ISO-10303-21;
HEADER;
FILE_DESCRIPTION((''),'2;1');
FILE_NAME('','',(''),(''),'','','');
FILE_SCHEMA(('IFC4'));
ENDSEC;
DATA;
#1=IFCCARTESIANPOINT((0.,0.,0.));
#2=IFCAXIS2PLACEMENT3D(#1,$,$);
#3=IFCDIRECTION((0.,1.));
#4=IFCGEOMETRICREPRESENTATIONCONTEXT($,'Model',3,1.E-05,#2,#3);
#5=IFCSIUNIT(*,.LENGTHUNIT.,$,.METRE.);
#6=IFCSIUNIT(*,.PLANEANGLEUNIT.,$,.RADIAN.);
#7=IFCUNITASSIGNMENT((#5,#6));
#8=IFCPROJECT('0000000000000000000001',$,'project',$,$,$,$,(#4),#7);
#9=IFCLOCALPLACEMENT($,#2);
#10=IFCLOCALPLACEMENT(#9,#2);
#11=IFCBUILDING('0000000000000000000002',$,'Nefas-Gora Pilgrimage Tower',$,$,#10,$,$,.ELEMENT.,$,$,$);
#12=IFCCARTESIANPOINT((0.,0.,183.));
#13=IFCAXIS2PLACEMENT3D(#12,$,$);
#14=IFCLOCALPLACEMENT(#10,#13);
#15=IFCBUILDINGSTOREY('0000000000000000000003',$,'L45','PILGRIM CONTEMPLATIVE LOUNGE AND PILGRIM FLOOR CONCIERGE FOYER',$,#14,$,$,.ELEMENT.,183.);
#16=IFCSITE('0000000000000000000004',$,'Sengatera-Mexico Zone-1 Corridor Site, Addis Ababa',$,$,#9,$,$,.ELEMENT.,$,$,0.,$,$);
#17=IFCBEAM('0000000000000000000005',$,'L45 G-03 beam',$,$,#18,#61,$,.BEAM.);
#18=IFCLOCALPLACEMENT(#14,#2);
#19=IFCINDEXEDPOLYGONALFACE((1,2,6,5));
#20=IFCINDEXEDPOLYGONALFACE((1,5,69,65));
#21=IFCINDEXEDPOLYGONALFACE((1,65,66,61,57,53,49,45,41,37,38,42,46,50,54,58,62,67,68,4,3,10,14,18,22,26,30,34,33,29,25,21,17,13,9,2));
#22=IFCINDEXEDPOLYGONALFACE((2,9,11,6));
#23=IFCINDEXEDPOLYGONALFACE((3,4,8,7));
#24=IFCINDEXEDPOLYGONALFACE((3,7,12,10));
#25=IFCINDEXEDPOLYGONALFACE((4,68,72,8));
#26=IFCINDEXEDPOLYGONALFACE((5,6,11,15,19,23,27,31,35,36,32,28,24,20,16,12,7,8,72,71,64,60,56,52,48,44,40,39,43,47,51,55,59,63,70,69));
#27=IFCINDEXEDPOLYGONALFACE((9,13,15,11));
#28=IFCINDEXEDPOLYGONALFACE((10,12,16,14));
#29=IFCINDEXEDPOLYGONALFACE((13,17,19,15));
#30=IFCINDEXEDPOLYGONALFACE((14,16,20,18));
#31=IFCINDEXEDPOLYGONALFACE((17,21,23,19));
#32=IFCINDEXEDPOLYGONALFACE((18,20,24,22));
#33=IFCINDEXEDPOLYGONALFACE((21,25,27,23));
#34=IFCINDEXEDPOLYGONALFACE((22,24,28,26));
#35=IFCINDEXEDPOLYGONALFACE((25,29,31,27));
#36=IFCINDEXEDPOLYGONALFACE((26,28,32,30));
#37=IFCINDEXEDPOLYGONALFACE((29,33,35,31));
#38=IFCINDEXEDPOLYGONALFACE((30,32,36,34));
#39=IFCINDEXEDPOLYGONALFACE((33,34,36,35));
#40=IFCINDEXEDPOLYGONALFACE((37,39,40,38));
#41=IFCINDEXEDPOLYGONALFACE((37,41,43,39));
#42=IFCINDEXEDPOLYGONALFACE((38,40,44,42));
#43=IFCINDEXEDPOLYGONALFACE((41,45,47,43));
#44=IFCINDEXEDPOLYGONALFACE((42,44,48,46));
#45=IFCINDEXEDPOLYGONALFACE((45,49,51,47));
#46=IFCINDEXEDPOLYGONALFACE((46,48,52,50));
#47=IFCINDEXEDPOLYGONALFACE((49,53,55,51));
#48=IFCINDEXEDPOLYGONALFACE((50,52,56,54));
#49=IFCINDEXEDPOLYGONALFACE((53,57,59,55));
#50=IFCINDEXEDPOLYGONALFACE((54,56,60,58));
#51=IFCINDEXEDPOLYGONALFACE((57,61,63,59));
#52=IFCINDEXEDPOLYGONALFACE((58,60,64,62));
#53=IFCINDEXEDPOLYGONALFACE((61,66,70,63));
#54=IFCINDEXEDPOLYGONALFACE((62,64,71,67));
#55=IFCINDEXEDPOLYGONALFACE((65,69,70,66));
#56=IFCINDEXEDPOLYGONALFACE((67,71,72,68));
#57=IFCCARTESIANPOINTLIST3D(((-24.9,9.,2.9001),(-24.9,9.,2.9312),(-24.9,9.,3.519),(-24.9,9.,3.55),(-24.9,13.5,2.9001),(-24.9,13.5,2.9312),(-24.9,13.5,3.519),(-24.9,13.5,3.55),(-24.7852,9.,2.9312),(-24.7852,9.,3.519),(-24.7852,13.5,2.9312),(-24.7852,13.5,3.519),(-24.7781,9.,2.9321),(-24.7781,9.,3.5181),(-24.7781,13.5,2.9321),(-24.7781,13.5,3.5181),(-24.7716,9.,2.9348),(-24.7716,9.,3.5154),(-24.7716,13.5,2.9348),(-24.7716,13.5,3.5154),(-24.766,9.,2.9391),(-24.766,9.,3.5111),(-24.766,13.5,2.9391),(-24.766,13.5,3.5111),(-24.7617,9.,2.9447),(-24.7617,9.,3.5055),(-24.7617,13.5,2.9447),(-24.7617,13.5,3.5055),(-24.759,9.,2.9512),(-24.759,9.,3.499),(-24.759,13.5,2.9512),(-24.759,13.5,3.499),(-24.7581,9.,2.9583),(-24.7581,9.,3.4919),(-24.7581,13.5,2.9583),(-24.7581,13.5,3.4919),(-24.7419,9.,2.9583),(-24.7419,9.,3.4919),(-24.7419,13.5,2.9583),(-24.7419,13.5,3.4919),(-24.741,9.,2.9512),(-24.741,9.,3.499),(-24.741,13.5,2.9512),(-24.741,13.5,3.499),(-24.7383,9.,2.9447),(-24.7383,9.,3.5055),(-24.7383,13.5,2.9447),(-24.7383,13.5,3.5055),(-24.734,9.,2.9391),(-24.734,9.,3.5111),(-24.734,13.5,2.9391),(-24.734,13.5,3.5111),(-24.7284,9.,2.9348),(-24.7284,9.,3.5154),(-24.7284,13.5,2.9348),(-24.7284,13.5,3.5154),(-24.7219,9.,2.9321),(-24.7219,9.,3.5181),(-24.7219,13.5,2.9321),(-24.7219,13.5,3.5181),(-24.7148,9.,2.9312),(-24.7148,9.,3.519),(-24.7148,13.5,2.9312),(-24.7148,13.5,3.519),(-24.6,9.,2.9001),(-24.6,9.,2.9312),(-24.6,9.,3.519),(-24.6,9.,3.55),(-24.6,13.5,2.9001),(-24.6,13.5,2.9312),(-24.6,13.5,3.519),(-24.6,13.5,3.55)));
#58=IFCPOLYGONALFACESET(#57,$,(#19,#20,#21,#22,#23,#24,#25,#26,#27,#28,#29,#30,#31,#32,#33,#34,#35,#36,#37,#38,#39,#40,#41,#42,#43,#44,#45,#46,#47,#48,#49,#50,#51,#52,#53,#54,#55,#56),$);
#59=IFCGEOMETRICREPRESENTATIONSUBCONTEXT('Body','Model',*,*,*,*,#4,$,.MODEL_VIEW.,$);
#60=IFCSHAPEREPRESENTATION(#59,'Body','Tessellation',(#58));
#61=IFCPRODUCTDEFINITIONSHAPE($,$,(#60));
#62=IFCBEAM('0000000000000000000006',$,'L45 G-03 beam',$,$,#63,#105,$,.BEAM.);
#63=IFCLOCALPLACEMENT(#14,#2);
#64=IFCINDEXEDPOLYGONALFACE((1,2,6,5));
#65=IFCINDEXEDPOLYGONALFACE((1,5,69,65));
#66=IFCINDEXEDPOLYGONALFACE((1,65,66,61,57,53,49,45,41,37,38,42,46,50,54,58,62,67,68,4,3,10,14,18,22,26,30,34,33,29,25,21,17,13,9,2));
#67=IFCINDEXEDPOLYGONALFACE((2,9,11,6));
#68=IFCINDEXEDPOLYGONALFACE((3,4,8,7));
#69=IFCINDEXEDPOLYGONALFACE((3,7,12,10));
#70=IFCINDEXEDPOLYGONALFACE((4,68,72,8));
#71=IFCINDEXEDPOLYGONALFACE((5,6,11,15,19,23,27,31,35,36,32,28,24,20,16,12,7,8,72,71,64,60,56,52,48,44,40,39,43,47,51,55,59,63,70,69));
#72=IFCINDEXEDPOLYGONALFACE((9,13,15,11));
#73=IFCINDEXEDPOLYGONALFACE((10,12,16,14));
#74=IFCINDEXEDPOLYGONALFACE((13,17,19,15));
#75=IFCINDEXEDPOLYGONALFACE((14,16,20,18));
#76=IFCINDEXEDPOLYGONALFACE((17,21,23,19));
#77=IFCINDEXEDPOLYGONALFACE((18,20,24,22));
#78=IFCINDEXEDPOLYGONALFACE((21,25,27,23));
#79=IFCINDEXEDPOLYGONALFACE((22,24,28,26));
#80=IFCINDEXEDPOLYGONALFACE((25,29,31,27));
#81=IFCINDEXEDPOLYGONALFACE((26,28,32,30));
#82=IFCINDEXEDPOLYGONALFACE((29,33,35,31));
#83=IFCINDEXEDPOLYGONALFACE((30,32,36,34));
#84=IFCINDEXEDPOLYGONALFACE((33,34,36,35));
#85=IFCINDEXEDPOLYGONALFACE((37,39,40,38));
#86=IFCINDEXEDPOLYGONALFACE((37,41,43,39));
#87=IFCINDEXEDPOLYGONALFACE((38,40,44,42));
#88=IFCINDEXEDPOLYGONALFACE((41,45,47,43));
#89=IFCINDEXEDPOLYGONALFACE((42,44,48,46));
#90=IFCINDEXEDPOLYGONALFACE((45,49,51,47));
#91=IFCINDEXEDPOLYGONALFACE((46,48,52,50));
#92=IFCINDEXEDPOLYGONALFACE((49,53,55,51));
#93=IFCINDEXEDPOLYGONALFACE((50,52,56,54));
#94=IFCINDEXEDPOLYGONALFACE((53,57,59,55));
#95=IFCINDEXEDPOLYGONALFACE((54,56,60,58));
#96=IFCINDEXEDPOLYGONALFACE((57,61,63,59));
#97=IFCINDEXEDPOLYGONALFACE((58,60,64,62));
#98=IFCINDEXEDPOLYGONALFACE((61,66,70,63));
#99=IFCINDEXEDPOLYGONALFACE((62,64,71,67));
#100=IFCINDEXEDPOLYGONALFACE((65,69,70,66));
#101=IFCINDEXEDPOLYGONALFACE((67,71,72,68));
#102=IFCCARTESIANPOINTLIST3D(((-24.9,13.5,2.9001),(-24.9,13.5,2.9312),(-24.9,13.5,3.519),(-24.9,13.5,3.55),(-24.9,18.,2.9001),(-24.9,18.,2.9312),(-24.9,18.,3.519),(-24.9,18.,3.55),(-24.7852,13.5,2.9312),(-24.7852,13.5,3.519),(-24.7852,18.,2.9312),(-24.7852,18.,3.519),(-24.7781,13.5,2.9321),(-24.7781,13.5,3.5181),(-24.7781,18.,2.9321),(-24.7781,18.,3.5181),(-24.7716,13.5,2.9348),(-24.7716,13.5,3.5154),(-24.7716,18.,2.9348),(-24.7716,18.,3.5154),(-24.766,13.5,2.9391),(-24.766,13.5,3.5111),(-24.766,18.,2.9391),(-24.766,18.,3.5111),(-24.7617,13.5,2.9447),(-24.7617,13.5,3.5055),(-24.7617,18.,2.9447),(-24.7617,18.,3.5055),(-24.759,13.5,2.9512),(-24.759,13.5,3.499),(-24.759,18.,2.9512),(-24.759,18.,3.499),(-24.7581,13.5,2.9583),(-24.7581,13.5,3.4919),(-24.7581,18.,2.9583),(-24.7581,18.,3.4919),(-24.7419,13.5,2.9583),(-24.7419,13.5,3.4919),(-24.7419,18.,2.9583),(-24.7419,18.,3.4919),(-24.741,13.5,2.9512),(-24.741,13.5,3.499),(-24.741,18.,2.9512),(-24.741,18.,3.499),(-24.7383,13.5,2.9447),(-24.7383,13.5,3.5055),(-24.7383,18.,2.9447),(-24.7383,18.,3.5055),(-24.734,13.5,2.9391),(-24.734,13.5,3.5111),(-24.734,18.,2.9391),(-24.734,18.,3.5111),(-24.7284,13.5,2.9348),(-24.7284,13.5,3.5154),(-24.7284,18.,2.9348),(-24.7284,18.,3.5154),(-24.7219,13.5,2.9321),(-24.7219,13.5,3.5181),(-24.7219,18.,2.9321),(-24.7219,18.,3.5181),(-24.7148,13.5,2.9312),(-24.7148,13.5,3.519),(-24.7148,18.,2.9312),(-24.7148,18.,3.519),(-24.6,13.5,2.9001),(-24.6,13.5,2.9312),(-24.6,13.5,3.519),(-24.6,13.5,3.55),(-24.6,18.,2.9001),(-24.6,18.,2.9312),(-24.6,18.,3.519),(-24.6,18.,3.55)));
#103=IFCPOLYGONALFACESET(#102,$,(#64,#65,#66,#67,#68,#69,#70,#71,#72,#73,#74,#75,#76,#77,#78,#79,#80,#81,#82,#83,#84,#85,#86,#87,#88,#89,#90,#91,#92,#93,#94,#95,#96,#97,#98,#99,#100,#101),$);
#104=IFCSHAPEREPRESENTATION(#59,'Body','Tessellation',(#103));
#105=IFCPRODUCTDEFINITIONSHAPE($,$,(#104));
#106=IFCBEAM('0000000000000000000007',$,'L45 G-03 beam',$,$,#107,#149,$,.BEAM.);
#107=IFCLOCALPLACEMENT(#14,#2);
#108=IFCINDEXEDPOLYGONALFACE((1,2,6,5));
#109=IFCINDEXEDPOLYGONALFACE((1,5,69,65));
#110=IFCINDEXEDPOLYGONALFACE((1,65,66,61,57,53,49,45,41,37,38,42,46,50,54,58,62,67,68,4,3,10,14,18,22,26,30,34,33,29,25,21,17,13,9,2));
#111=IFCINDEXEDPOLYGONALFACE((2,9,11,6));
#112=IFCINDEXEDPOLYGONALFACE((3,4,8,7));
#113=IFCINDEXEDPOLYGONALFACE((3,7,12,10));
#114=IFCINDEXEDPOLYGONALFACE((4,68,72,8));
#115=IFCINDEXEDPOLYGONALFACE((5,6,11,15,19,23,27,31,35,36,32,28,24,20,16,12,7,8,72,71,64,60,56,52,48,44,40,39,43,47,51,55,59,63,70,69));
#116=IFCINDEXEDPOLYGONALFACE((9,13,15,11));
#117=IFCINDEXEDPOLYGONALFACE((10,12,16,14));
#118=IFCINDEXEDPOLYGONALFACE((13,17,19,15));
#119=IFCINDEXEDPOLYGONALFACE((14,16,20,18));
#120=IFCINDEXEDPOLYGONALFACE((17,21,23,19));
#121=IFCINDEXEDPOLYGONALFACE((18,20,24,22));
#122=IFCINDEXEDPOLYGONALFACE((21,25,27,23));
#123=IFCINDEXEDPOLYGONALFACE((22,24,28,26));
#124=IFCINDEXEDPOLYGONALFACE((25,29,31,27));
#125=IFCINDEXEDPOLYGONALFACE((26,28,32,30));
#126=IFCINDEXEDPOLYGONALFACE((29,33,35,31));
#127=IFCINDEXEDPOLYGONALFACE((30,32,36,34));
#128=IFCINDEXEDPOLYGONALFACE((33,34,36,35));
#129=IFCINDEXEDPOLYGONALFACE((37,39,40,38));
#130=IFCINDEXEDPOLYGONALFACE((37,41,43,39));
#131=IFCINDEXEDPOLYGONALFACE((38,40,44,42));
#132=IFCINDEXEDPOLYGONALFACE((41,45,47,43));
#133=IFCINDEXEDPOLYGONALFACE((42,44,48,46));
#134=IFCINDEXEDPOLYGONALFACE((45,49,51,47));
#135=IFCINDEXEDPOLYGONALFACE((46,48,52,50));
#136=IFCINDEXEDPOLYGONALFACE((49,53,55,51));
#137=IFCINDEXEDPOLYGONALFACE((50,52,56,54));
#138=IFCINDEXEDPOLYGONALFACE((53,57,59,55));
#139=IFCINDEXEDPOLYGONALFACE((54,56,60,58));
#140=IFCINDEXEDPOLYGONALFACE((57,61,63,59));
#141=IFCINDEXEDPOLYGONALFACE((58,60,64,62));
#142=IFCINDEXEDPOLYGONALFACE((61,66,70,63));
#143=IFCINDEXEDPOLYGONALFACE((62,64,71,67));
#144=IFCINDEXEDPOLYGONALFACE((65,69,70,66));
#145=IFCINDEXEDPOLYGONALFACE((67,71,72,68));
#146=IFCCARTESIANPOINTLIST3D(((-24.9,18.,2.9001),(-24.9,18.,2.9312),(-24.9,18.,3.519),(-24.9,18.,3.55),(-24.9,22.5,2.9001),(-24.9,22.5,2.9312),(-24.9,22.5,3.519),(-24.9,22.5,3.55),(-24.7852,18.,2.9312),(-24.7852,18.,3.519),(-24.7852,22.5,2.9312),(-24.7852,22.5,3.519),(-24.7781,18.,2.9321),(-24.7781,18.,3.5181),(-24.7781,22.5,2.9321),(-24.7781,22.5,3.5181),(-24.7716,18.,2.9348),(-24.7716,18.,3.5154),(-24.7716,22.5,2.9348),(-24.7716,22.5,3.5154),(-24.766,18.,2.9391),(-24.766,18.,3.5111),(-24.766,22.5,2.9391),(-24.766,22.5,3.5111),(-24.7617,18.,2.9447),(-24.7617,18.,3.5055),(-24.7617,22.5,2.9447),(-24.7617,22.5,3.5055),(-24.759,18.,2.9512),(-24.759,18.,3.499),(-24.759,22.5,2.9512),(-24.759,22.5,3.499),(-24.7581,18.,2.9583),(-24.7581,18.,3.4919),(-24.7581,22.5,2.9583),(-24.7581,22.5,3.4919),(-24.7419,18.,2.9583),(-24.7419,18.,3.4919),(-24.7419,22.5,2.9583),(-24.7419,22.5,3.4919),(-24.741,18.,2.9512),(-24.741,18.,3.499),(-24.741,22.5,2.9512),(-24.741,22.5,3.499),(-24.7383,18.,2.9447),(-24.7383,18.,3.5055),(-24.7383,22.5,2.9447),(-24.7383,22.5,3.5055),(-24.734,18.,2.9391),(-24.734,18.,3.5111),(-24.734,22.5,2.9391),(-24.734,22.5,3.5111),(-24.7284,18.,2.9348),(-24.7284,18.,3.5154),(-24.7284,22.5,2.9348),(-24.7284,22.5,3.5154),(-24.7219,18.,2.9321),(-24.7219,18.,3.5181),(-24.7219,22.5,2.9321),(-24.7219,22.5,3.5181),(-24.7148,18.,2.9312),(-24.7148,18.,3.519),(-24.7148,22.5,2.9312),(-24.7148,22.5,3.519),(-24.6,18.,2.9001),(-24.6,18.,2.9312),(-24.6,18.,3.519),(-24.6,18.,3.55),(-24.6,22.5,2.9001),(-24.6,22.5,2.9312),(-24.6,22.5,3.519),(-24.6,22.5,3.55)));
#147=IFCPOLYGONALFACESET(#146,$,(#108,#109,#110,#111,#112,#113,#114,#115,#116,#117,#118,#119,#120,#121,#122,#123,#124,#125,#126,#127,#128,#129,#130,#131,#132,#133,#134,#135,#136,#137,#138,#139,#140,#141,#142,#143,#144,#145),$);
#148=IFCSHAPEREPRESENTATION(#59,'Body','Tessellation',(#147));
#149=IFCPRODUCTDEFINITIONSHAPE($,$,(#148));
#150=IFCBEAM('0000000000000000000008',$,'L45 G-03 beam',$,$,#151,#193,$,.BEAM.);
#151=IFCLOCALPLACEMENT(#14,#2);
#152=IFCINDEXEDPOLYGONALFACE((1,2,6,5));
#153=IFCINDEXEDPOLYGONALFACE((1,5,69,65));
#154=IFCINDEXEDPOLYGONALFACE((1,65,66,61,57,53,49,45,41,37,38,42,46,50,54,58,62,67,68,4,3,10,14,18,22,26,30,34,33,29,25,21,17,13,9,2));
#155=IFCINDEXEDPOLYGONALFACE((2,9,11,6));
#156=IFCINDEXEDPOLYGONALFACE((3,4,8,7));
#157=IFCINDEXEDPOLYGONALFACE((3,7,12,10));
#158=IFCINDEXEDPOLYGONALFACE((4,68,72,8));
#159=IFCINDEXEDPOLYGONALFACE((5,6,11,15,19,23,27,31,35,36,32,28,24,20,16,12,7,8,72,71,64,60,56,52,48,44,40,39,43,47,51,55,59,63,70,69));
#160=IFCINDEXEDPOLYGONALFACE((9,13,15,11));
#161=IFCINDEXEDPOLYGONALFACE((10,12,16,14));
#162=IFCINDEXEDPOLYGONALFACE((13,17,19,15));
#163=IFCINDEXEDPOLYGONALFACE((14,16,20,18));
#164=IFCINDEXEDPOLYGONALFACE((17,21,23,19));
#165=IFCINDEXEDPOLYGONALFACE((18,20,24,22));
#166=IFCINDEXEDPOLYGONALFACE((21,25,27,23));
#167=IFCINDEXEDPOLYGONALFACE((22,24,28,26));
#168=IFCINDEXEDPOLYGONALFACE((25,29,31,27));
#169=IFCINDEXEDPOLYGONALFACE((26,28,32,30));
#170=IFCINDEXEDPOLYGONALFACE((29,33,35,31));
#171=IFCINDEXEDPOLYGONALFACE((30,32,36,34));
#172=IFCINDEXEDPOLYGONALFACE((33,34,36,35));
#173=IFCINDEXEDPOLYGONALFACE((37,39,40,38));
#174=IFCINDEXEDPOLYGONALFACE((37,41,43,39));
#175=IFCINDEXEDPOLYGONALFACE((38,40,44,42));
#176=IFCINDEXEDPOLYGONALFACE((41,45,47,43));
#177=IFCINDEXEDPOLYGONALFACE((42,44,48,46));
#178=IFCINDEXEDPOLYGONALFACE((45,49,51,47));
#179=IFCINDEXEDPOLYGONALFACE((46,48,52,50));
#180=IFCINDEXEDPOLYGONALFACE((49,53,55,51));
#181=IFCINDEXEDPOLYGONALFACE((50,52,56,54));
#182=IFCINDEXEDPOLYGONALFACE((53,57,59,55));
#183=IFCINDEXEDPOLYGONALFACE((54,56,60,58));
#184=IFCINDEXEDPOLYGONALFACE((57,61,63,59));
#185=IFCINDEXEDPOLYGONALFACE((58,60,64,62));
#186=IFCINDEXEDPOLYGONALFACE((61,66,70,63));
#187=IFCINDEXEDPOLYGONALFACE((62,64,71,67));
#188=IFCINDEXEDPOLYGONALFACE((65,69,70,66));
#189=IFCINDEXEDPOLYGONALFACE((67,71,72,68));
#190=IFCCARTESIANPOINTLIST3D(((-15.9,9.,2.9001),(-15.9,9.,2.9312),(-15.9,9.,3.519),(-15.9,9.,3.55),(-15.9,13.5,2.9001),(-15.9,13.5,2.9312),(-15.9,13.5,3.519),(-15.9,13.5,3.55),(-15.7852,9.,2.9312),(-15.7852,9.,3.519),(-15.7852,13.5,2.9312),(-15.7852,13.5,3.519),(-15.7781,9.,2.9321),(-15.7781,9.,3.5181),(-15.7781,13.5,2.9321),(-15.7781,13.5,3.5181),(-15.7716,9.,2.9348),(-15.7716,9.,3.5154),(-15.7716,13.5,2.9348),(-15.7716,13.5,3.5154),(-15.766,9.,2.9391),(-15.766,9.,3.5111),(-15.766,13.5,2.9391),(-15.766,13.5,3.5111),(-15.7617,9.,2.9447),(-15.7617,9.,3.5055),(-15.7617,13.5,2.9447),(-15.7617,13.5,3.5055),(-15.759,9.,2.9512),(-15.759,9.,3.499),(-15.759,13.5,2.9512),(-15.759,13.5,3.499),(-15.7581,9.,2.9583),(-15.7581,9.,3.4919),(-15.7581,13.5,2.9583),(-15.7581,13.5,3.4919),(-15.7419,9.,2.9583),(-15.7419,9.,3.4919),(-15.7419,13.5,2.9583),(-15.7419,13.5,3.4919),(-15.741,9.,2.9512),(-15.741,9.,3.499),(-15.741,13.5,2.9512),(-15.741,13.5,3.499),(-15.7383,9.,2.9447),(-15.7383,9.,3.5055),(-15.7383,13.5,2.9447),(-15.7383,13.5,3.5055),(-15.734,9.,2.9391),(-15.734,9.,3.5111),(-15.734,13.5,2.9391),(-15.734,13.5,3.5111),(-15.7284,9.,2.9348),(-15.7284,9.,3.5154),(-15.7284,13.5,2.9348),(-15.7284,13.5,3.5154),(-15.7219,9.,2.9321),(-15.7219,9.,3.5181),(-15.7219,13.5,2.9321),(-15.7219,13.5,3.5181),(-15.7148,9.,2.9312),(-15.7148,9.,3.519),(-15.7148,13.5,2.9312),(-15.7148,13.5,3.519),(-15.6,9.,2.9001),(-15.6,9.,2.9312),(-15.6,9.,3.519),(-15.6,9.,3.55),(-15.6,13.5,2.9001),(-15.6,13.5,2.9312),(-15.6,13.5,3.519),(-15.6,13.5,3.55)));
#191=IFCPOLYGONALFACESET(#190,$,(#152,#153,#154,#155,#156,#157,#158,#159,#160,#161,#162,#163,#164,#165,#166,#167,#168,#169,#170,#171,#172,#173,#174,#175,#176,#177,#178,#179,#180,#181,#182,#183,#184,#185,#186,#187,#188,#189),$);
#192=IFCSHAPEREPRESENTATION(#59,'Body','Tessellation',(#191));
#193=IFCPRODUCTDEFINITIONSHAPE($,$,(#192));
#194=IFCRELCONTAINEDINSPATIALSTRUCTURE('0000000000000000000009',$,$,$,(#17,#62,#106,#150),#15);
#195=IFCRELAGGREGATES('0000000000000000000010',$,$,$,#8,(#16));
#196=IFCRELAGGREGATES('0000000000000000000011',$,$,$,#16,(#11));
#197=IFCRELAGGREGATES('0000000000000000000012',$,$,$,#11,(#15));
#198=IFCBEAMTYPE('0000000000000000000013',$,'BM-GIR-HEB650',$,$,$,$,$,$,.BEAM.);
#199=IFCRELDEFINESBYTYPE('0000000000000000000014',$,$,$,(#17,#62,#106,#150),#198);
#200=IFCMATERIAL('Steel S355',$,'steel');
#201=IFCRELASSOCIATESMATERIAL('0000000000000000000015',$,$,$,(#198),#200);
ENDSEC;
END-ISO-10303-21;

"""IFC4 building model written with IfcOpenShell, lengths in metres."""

from ifc_helpers import new_model, si_unit, direction, frame, origin, origin_2d, place, context, subcontext, project, spatial, i_section, extrude, source, transform, mapped, material, material_profile, profile_set, type_object, element, save


model = new_model("IFC4")

# Units and contexts
model_context = context("Model", 3, precision=1e-05, world=origin(), true_north=direction((0.0, 1.0)))
body_context = subcontext(model_context, "Body", "Model", "MODEL_VIEW")
ifc_project = project(units=[si_unit("LENGTHUNIT", "METRE"), si_unit("PLANEANGLEUNIT", "RADIAN")], contexts=[model_context])

# Site, building, storey
site_placement = place(None, origin())
site = spatial("IfcSite", under=ifc_project, at=site_placement, Name="Sengatera-Mexico Zone-1 Corridor Site, Addis Ababa", CompositionType="ELEMENT", RefElevation=0.0)
building_placement = place(site_placement, origin())
building = spatial("IfcBuilding", under=site, at=building_placement, Name="Nefas-Gora Pilgrimage Tower", CompositionType="ELEMENT")
storey_placement = place(building_placement, frame((0.0, 0.0, 183.0)))
storey = spatial("IfcBuildingStorey", under=building, at=storey_placement, Name="L45", Description="PILGRIM CONTEMPLATIVE LOUNGE AND PILGRIM FLOOR CONCIERGE FOYER", CompositionType="ELEMENT", Elevation=183.0)

# Beams
ifc_material_1 = material(Name="Steel S355", Category="steel")
ifc_material_profile_1 = material_profile(ifc_material_1, i_section(OverallWidth=0.3, OverallDepth=0.6499, WebThickness=0.0161, FlangeThickness=0.031, FilletRadius=0.0271, at=origin_2d()), Name="HEB 650")
ifc_profile_set_1 = profile_set([ifc_material_profile_1], Name="Steel S355")
beam_type_1 = type_object("IfcBeamType", Name="BM-GIR-HEB650", PredefinedType="BEAM", material=ifc_profile_set_1)
shared_shape_1 = source(origin(), body_context, "Body", "SweptSolid", [
    extrude(i_section(OverallWidth=0.3, OverallDepth=0.6499, WebThickness=0.0161, FlangeThickness=0.031, FilletRadius=0.0271, at=origin_2d()), origin(), (0.0, 0.0, 1.0), 4.5),
])
for number, where, z_axis, x_axis, name in (
    (1, (-24.75, 9.0, 3.2251), (0.0, 1.0, 0.0), (-1.0, 0.0, 0.0), "L45 G-03 beam"),
    (2, (-24.75, 13.5, 3.2251), (0.0, 1.0, 0.0), (-1.0, 0.0, 0.0), "L45 G-03 beam"),
    (3, (-24.75, 18.0, 3.2251), (0.0, 1.0, 0.0), (-1.0, 0.0, 0.0), "L45 G-03 beam"),
    (4, (-15.75, 9.0, 3.2251), (0.0, 1.0, 0.0), (-1.0, 0.0, 0.0), "L45 G-03 beam"),
):
    element("IfcBeam", number, at=place(storey_placement, frame(where, z_axis=z_axis, x_axis=x_axis)), inside=storey, type_object=beam_type_1, Name=name, PredefinedType="BEAM", context=body_context, shape_type="MappedRepresentation", body=[
        mapped(shared_shape_1, transform((0.0, 0.0, 0.0), x_axis=(1.0, 0.0, 0.0), y_axis=(0.0, 1.0, 0.0), z_axis=(0.0, 0.0, 1.0), scale=1.0)),
    ])

save(model, "model.ifc")
